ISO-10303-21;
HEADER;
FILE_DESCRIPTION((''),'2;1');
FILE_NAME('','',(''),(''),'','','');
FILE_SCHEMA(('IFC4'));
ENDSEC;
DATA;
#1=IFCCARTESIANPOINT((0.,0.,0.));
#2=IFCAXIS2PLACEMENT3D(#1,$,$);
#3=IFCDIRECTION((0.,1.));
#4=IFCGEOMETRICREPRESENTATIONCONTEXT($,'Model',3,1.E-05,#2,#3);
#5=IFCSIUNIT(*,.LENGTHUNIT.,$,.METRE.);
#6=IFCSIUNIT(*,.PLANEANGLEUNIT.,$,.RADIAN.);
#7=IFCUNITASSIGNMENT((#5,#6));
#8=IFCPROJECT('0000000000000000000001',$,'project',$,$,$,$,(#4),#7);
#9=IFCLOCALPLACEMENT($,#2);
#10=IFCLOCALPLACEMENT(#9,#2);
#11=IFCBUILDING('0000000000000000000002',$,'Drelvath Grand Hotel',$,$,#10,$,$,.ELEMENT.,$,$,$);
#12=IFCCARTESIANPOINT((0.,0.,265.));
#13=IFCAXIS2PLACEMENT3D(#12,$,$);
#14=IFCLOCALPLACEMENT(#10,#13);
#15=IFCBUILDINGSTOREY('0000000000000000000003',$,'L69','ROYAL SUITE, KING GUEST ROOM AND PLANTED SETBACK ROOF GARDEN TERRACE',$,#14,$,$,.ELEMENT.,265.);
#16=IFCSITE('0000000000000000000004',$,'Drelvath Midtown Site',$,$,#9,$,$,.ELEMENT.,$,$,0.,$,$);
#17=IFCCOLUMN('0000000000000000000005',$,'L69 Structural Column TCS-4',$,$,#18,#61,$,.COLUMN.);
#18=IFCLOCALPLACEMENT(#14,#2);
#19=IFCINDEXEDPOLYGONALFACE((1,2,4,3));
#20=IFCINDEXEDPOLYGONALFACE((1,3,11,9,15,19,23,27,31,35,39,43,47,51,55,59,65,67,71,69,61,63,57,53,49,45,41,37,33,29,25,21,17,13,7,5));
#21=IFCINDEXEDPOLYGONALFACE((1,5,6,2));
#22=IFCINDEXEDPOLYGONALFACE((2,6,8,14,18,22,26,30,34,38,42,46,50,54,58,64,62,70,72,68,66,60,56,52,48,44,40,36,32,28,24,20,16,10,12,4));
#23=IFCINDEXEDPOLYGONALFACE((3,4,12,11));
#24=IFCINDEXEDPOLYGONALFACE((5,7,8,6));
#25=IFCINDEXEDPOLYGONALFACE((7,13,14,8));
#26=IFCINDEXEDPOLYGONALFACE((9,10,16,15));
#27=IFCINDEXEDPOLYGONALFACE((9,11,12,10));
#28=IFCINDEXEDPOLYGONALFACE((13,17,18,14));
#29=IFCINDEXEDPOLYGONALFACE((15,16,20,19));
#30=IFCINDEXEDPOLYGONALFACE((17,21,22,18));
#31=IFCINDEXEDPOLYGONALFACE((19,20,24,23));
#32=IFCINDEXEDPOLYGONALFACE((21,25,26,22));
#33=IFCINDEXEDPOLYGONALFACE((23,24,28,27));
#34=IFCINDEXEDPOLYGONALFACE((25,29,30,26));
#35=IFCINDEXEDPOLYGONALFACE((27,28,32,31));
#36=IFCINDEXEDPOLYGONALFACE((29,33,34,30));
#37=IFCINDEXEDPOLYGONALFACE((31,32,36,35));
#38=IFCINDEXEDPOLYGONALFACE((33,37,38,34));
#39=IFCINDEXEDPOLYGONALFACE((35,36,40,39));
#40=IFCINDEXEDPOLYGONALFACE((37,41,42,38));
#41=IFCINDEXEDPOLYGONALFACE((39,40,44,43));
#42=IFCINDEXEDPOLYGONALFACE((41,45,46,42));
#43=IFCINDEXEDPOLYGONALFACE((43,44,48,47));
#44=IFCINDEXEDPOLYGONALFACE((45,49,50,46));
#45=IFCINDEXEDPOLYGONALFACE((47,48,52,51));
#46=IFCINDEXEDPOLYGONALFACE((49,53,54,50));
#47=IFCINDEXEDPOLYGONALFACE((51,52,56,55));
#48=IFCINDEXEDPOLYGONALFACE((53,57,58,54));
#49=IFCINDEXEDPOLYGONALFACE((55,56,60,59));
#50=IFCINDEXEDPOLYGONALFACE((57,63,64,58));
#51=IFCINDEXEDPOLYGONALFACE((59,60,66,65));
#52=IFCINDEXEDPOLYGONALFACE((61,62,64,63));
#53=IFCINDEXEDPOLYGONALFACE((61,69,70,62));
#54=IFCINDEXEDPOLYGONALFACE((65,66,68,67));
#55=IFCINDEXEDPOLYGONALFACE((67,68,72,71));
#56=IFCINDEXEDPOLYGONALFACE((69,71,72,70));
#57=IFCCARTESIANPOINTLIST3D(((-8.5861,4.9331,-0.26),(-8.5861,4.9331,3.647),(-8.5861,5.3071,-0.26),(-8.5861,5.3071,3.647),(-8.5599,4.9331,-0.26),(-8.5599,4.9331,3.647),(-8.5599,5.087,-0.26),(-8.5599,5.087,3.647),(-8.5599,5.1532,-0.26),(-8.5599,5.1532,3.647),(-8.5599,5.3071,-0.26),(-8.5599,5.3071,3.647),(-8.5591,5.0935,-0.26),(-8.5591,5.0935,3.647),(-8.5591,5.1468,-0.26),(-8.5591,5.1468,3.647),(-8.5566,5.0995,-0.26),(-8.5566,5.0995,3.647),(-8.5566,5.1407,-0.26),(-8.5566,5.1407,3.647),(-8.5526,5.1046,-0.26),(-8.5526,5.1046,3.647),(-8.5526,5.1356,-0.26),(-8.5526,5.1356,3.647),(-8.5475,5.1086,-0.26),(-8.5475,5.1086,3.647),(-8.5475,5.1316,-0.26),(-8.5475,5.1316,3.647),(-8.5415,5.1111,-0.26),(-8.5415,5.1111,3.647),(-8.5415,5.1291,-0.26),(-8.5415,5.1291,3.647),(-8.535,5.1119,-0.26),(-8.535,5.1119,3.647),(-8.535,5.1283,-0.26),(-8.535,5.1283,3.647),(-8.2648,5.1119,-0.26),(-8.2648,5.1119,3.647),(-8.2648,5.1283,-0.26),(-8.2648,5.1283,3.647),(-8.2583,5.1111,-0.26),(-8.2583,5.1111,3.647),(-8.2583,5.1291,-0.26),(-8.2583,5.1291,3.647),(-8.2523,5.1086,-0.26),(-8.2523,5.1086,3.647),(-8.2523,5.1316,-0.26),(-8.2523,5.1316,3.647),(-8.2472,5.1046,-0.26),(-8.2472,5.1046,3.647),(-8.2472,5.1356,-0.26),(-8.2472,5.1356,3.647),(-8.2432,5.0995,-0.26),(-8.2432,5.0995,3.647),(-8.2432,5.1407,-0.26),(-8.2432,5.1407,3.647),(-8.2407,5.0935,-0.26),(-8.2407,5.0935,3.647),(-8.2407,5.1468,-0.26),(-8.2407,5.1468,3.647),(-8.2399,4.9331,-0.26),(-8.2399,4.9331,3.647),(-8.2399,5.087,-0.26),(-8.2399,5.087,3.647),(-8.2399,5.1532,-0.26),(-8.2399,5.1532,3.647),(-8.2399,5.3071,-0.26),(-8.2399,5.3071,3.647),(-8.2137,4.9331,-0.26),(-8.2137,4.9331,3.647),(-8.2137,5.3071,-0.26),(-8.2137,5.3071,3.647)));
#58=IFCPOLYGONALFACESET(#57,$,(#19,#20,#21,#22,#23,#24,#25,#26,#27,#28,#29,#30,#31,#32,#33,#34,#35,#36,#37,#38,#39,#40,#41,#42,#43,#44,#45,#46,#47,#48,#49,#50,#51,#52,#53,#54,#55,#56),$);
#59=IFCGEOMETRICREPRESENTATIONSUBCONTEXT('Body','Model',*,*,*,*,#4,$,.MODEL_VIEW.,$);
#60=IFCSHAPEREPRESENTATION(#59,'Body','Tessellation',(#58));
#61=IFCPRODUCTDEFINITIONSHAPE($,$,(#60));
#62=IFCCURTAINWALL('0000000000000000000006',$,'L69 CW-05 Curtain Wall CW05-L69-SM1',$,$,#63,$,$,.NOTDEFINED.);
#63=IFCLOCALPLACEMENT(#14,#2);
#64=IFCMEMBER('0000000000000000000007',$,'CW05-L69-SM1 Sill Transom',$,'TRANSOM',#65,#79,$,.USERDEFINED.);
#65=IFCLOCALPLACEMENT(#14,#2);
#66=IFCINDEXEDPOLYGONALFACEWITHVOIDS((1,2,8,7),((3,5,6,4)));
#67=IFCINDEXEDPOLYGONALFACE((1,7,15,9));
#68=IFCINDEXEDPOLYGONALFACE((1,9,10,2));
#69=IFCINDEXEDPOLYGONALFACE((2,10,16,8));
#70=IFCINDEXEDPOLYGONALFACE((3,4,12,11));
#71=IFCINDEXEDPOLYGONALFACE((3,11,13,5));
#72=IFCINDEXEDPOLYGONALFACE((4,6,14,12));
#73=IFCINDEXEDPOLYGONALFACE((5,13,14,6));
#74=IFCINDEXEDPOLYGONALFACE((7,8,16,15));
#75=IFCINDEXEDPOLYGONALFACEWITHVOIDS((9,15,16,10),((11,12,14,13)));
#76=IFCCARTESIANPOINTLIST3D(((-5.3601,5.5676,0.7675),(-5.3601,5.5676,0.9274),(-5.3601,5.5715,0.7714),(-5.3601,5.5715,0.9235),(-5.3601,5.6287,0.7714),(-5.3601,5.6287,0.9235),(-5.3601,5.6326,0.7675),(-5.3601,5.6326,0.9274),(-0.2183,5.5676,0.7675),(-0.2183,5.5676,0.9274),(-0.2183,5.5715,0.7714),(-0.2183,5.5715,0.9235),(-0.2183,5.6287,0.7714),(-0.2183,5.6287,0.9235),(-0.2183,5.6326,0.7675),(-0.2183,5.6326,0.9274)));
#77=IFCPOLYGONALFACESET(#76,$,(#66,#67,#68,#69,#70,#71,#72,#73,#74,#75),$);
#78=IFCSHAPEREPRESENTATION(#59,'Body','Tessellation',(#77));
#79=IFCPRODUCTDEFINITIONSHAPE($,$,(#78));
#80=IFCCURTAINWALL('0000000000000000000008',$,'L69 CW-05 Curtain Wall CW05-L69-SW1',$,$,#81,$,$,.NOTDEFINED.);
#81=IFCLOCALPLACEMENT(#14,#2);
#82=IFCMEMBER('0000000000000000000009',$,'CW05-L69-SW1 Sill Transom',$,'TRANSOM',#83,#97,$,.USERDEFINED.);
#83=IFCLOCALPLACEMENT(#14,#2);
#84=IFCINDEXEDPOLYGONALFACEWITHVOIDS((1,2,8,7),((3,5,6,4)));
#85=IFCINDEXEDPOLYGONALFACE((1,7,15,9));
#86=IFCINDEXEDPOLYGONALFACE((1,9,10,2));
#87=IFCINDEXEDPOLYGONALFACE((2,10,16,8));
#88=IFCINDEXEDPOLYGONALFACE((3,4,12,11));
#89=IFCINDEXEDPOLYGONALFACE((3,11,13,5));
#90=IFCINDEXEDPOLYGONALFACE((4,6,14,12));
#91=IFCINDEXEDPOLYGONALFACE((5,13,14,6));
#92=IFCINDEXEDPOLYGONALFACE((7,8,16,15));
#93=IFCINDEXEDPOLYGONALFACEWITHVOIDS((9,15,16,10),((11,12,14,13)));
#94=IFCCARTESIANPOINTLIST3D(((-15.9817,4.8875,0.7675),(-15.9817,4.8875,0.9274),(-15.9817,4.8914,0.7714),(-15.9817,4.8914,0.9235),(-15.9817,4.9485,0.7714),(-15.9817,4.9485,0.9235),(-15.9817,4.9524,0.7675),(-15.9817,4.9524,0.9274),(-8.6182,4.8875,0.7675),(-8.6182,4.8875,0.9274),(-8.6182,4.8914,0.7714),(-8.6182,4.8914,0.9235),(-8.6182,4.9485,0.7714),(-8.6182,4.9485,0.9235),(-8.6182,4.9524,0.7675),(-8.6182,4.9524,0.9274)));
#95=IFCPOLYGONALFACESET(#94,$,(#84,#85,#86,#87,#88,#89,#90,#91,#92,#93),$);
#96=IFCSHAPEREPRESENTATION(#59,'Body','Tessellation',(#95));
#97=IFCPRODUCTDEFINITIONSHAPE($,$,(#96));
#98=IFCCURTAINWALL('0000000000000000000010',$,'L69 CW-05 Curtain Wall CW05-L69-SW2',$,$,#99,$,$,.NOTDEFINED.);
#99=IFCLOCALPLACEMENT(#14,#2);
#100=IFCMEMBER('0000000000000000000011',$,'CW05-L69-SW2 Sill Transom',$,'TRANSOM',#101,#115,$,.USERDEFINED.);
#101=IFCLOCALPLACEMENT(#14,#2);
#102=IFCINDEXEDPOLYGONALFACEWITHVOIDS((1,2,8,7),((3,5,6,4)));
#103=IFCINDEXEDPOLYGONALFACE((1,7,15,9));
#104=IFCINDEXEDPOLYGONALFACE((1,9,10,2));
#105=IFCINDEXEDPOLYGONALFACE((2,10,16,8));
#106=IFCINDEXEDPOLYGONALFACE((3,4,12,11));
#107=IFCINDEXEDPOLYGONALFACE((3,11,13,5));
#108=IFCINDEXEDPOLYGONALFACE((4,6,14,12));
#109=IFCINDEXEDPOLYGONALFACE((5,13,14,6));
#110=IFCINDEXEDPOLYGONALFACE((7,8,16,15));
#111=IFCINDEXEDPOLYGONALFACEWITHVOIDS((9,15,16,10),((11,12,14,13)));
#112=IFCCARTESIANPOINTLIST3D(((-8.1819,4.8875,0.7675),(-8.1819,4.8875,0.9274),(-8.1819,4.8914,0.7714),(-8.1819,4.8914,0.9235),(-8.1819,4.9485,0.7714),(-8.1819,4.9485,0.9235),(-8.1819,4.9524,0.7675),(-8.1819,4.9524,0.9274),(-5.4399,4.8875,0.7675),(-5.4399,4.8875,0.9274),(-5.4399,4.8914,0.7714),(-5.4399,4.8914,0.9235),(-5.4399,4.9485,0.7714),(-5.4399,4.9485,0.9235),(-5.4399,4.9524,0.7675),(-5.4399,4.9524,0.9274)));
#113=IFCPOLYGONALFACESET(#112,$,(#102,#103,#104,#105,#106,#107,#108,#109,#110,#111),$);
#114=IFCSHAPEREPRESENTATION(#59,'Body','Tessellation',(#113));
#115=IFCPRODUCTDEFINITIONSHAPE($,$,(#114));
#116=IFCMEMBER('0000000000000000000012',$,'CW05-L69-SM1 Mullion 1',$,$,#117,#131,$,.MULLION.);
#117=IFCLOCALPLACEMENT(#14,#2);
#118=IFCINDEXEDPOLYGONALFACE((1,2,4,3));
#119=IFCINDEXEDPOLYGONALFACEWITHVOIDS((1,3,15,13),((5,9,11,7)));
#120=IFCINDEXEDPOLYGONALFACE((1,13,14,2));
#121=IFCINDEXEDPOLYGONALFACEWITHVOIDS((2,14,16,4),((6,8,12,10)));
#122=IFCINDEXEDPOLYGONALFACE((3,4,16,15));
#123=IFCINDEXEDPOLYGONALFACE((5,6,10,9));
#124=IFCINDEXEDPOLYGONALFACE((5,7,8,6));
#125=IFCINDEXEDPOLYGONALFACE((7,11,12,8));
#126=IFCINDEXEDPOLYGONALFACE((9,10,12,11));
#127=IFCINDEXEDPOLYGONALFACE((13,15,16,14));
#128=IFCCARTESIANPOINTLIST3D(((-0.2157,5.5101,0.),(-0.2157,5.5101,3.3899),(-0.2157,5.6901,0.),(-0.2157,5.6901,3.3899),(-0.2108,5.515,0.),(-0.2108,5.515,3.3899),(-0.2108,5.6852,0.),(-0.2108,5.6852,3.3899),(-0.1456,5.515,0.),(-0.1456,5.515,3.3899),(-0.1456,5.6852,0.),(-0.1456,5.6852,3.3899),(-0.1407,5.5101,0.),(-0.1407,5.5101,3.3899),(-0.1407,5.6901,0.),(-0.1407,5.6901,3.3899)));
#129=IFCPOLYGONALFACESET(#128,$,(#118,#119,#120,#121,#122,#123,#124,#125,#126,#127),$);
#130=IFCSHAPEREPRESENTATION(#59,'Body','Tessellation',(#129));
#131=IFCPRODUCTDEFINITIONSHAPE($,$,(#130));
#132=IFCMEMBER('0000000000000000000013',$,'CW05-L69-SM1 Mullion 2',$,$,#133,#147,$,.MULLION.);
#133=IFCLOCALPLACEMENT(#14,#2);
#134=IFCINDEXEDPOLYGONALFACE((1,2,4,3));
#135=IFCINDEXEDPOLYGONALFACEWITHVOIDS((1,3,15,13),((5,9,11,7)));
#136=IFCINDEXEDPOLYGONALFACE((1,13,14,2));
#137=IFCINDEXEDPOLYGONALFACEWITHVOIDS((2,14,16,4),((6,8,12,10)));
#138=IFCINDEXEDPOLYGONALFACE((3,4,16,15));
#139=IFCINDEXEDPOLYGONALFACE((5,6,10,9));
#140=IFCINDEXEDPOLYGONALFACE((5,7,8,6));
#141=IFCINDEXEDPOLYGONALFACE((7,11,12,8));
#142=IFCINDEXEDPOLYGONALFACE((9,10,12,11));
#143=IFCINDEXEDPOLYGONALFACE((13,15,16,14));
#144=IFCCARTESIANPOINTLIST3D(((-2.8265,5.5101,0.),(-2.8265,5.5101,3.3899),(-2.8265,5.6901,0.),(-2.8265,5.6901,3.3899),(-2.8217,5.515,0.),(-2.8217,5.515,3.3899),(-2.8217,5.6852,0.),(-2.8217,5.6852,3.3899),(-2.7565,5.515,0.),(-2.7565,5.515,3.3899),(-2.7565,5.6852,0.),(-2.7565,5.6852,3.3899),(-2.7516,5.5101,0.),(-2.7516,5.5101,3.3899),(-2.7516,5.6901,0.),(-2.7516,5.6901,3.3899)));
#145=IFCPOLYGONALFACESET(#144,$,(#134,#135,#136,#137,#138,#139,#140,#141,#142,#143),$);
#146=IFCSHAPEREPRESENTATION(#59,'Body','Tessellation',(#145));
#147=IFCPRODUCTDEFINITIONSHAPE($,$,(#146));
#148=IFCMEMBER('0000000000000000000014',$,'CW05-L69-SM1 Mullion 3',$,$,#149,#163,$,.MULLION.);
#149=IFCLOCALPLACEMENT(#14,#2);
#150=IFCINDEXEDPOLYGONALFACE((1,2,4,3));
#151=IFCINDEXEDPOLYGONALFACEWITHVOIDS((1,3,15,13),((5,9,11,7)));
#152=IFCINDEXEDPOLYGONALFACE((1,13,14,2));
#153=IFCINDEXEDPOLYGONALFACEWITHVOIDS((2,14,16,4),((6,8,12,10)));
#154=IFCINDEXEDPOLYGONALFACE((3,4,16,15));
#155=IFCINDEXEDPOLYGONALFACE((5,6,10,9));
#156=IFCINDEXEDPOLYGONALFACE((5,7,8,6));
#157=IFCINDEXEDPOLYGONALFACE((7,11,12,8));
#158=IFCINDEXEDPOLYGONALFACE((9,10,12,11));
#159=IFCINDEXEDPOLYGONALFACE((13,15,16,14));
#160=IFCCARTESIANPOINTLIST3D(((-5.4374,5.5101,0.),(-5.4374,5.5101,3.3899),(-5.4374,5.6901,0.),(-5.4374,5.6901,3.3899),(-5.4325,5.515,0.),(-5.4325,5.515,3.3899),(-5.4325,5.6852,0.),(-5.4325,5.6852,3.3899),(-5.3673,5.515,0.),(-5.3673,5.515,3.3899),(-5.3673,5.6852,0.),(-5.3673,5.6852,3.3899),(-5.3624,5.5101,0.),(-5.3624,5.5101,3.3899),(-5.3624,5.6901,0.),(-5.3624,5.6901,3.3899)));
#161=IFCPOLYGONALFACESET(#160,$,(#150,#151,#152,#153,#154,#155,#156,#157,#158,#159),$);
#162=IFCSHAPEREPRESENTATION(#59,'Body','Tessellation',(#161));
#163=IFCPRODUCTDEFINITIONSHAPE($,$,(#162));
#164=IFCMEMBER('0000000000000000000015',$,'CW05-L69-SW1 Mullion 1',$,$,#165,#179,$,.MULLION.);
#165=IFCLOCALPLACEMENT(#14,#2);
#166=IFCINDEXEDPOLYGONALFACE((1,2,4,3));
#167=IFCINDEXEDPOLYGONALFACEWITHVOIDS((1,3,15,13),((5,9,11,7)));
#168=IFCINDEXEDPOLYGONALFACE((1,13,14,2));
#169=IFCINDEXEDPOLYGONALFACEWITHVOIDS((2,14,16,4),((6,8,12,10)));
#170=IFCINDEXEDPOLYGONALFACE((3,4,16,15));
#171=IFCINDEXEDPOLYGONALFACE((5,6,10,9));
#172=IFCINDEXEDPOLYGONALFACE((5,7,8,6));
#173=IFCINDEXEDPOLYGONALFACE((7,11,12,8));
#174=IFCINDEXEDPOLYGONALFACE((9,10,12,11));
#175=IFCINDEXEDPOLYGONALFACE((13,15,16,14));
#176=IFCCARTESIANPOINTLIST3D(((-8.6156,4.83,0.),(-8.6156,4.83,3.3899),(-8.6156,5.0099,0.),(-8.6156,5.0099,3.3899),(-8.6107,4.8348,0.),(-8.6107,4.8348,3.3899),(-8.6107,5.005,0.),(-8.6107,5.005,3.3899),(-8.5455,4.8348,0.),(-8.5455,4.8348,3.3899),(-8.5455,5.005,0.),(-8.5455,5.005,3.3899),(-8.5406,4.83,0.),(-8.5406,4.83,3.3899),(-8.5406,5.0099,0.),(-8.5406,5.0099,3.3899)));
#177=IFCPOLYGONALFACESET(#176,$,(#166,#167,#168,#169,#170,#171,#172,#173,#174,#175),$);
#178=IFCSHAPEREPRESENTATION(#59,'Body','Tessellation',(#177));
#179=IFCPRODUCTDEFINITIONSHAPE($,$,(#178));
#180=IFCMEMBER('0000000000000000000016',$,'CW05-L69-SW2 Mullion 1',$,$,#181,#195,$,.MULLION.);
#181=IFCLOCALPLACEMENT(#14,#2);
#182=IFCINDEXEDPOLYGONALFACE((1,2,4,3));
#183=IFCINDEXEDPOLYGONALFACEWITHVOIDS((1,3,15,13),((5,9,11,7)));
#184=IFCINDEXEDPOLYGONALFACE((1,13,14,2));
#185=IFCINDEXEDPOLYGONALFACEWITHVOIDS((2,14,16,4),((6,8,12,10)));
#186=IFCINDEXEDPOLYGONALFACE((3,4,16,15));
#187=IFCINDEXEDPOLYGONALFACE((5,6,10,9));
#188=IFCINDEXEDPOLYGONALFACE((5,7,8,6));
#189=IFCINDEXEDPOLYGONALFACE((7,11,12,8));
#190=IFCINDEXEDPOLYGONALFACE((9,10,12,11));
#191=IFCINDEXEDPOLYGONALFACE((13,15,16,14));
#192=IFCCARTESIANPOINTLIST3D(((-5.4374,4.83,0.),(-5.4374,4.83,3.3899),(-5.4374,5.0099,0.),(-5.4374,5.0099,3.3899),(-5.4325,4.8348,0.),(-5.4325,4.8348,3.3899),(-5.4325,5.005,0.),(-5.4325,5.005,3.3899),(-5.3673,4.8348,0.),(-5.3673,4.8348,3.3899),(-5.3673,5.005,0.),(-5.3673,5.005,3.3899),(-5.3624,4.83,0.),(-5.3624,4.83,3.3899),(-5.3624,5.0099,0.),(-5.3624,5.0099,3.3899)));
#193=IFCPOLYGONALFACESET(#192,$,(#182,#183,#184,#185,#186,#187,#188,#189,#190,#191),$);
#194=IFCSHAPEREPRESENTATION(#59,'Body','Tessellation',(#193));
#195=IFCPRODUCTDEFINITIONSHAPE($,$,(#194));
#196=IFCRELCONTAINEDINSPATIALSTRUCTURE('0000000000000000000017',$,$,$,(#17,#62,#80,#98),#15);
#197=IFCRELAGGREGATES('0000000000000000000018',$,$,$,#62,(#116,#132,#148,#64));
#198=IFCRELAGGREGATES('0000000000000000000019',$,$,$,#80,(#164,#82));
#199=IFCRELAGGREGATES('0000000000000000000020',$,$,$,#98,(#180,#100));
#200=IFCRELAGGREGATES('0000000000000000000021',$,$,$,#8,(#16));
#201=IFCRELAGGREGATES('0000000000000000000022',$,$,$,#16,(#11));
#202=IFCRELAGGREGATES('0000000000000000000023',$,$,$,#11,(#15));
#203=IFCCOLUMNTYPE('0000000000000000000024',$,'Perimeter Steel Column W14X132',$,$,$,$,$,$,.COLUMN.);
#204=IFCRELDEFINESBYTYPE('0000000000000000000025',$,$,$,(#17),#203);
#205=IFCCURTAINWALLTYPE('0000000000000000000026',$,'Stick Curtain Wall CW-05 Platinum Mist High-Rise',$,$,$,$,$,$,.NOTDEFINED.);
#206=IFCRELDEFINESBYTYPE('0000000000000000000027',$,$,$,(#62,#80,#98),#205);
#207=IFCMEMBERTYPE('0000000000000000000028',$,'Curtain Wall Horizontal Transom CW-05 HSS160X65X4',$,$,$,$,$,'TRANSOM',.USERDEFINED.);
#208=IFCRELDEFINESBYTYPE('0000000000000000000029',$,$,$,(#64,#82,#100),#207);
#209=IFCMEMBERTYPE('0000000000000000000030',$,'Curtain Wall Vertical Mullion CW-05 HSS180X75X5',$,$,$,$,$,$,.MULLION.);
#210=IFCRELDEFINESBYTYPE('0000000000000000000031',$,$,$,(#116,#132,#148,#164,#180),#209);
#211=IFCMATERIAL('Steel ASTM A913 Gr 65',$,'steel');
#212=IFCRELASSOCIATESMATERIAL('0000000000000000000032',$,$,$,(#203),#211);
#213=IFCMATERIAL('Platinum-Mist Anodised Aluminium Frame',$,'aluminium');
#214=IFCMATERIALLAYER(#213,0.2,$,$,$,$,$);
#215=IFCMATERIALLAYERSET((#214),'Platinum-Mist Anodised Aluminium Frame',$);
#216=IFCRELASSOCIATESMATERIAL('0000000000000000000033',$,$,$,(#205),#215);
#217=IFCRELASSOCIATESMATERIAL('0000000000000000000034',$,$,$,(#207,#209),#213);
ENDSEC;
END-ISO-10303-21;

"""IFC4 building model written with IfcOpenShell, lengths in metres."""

from ifc_helpers import new_model, si_unit, direction, frame, origin, origin_2d, place, context, subcontext, project, spatial, hollow_rectangle, i_section, extrude, material, layer, layer_set, material_profile, profile_set, type_object, element, aggregate, save


model = new_model("IFC4")

# Units and contexts
model_context = context("Model", 3, precision=1e-05, world=origin(), true_north=direction((0.0, 1.0)))
body_context = subcontext(model_context, "Body", "Model", "MODEL_VIEW")
ifc_project = project(units=[si_unit("LENGTHUNIT", "METRE"), si_unit("PLANEANGLEUNIT", "RADIAN")], contexts=[model_context])

# Site, building, storey
site_placement = place(None, origin())
site = spatial("IfcSite", under=ifc_project, at=site_placement, Name="Drelvath Midtown Site", CompositionType="ELEMENT", RefElevation=0.0)
building_placement = place(site_placement, origin())
building = spatial("IfcBuilding", under=site, at=building_placement, Name="Drelvath Grand Hotel", CompositionType="ELEMENT")
storey_placement = place(building_placement, frame((0.0, 0.0, 265.0)))
storey = spatial("IfcBuildingStorey", under=building, at=storey_placement, Name="L69", Description="ROYAL SUITE, KING GUEST ROOM AND PLANTED SETBACK ROOF GARDEN TERRACE", CompositionType="ELEMENT", Elevation=265.0)

# Column
ifc_material_1 = material(Name="Steel ASTM A913 Gr 65", Category="steel")
ifc_material_profile_1 = material_profile(ifc_material_1, i_section(OverallWidth=0.374, OverallDepth=0.3723, WebThickness=0.0164, FlangeThickness=0.0261, FilletRadius=0.0249, at=origin_2d()), Name="W14X132")
ifc_profile_set_1 = profile_set([ifc_material_profile_1], Name="Steel ASTM A913 Gr 65")
column_type = type_object("IfcColumnType", Name="Perimeter Steel Column W14X132", PredefinedType="COLUMN", material=ifc_profile_set_1)
column_placement = place(storey_placement, frame((-8.3999, 5.1201, -0.26), z_axis=(0.0, 0.0, 1.0), x_axis=(0.0, 1.0, 0.0)))
element("IfcColumn", 1, at=column_placement, inside=storey, type_object=column_type, Name="L69 Structural Column TCS-4", PredefinedType="COLUMN", context=body_context, shape_type="SweptSolid", body=[
    extrude(i_section(OverallWidth=0.374, OverallDepth=0.3723, WebThickness=0.0164, FlangeThickness=0.0261, FilletRadius=0.0249, at=origin_2d()), origin(), (0.0, 0.0, 1.0), 3.907),
])

# Curtain walls, members
ifc_material_2 = material(Name="Platinum-Mist Anodised Aluminium Frame", Category="aluminium")
ifc_layer_1 = layer(ifc_material_2, 0.2)
ifc_layer_set_1 = layer_set([ifc_layer_1], Name="Platinum-Mist Anodised Aluminium Frame")
curtain_wall_type = type_object("IfcCurtainWallType", Name="Stick Curtain Wall CW-05 Platinum Mist High-Rise", PredefinedType="NOTDEFINED", material=ifc_layer_set_1)
curtain_wall_1_placement = place(storey_placement, origin())
curtain_wall_1 = element("IfcCurtainWall", 2, at=curtain_wall_1_placement, inside=storey, type_object=curtain_wall_type, Name="L69 CW-05 Curtain Wall CW05-L69-SM1", PredefinedType="NOTDEFINED")
ifc_material_profile_2 = material_profile(ifc_material_2, hollow_rectangle(XDim=0.0649, YDim=0.1599, WallThickness=0.0039, at=origin_2d()), Name="HSS160X65X4")
ifc_profile_set_2 = profile_set([ifc_material_profile_2], Name="Platinum-Mist Anodised Aluminium Frame")
member_type_1 = type_object("IfcMemberType", Name="Curtain Wall Horizontal Transom CW-05 HSS160X65X4", ElementType="TRANSOM", PredefinedType="USERDEFINED", material=ifc_profile_set_2)
member_1_placement = place(storey_placement, frame((-0.2183, 5.6001, 0.8474), z_axis=(-1.0, 0.0, 0.0), x_axis=(0.0, -1.0, 0.0)))
member_1 = element("IfcMember", 3, at=member_1_placement, type_object=member_type_1, Name="CW05-L69-SM1 Sill Transom", ObjectType="TRANSOM", PredefinedType="USERDEFINED", context=body_context, shape_type="SweptSolid", body=[
    extrude(hollow_rectangle(XDim=0.0649, YDim=0.1599, WallThickness=0.0039, at=origin_2d()), origin(), (0.0, 0.0, 1.0), 5.1418),
])
curtain_wall_2_placement = place(storey_placement, origin())
curtain_wall_2 = element("IfcCurtainWall", 4, at=curtain_wall_2_placement, inside=storey, type_object=curtain_wall_type, Name="L69 CW-05 Curtain Wall CW05-L69-SW1", PredefinedType="NOTDEFINED")
member_2_placement = place(storey_placement, frame((-8.6182, 4.9199, 0.8474), z_axis=(-1.0, 0.0, 0.0), x_axis=(0.0, -1.0, 0.0)))
member_2 = element("IfcMember", 5, at=member_2_placement, type_object=member_type_1, Name="CW05-L69-SW1 Sill Transom", ObjectType="TRANSOM", PredefinedType="USERDEFINED", context=body_context, shape_type="SweptSolid", body=[
    extrude(hollow_rectangle(XDim=0.0649, YDim=0.1599, WallThickness=0.0039, at=origin_2d()), origin(), (0.0, 0.0, 1.0), 7.3635),
])
curtain_wall_3_placement = place(storey_placement, origin())
curtain_wall_3 = element("IfcCurtainWall", 6, at=curtain_wall_3_placement, inside=storey, type_object=curtain_wall_type, Name="L69 CW-05 Curtain Wall CW05-L69-SW2", PredefinedType="NOTDEFINED")
member_3_placement = place(storey_placement, frame((-5.4399, 4.9199, 0.8474), z_axis=(-1.0, 0.0, 0.0), x_axis=(0.0, -1.0, 0.0)))
member_3 = element("IfcMember", 7, at=member_3_placement, type_object=member_type_1, Name="CW05-L69-SW2 Sill Transom", ObjectType="TRANSOM", PredefinedType="USERDEFINED", context=body_context, shape_type="SweptSolid", body=[
    extrude(hollow_rectangle(XDim=0.0649, YDim=0.1599, WallThickness=0.0039, at=origin_2d()), origin(), (0.0, 0.0, 1.0), 2.7419),
])

# Members
ifc_material_profile_3 = material_profile(ifc_material_2, hollow_rectangle(XDim=0.075, YDim=0.1799, WallThickness=0.0049, at=origin_2d()), Name="HSS180X75X5")
ifc_profile_set_3 = profile_set([ifc_material_profile_3], Name="Platinum-Mist Anodised Aluminium Frame")
member_type_2 = type_object("IfcMemberType", Name="Curtain Wall Vertical Mullion CW-05 HSS180X75X5", PredefinedType="MULLION", material=ifc_profile_set_3)
member_4_placement = place(storey_placement, frame((-0.1782, 5.6001, 0.0), z_axis=(0.0, 0.0, 1.0), x_axis=(1.0, 0.0, 0.0)))
member_4 = element("IfcMember", 8, at=member_4_placement, type_object=member_type_2, Name="CW05-L69-SM1 Mullion 1", PredefinedType="MULLION", context=body_context, shape_type="SweptSolid", body=[
    extrude(hollow_rectangle(XDim=0.075, YDim=0.1799, WallThickness=0.0049, at=origin_2d()), origin(), (0.0, 0.0, 1.0), 3.3899),
])
member_5_placement = place(storey_placement, frame((-2.7891, 5.6001, 0.0), z_axis=(0.0, 0.0, 1.0), x_axis=(1.0, 0.0, 0.0)))
member_5 = element("IfcMember", 9, at=member_5_placement, type_object=member_type_2, Name="CW05-L69-SM1 Mullion 2", PredefinedType="MULLION", context=body_context, shape_type="SweptSolid", body=[
    extrude(hollow_rectangle(XDim=0.075, YDim=0.1799, WallThickness=0.0049, at=origin_2d()), origin(), (0.0, 0.0, 1.0), 3.3899),
])
member_6_placement = place(storey_placement, frame((-5.3999, 5.6001, 0.0), z_axis=(0.0, 0.0, 1.0), x_axis=(1.0, 0.0, 0.0)))
member_6 = element("IfcMember", 10, at=member_6_placement, type_object=member_type_2, Name="CW05-L69-SM1 Mullion 3", PredefinedType="MULLION", context=body_context, shape_type="SweptSolid", body=[
    extrude(hollow_rectangle(XDim=0.075, YDim=0.1799, WallThickness=0.0049, at=origin_2d()), origin(), (0.0, 0.0, 1.0), 3.3899),
])
member_7_placement = place(storey_placement, frame((-8.5781, 4.9199, 0.0), z_axis=(0.0, 0.0, 1.0), x_axis=(1.0, 0.0, 0.0)))
member_7 = element("IfcMember", 11, at=member_7_placement, type_object=member_type_2, Name="CW05-L69-SW1 Mullion 1", PredefinedType="MULLION", context=body_context, shape_type="SweptSolid", body=[
    extrude(hollow_rectangle(XDim=0.075, YDim=0.1799, WallThickness=0.0049, at=origin_2d()), origin(), (0.0, 0.0, 1.0), 3.3899),
])
member_8_placement = place(storey_placement, frame((-5.3999, 4.9199, 0.0), z_axis=(0.0, 0.0, 1.0), x_axis=(1.0, 0.0, 0.0)))
member_8 = element("IfcMember", 12, at=member_8_placement, type_object=member_type_2, Name="CW05-L69-SW2 Mullion 1", PredefinedType="MULLION", context=body_context, shape_type="SweptSolid", body=[
    extrude(hollow_rectangle(XDim=0.075, YDim=0.1799, WallThickness=0.0049, at=origin_2d()), origin(), (0.0, 0.0, 1.0), 3.3899),
])

aggregate(curtain_wall_1, [member_4, member_5, member_6, member_1])
aggregate(curtain_wall_2, [member_7, member_2])
aggregate(curtain_wall_3, [member_8, member_3])

save(model, "model.ifc")
